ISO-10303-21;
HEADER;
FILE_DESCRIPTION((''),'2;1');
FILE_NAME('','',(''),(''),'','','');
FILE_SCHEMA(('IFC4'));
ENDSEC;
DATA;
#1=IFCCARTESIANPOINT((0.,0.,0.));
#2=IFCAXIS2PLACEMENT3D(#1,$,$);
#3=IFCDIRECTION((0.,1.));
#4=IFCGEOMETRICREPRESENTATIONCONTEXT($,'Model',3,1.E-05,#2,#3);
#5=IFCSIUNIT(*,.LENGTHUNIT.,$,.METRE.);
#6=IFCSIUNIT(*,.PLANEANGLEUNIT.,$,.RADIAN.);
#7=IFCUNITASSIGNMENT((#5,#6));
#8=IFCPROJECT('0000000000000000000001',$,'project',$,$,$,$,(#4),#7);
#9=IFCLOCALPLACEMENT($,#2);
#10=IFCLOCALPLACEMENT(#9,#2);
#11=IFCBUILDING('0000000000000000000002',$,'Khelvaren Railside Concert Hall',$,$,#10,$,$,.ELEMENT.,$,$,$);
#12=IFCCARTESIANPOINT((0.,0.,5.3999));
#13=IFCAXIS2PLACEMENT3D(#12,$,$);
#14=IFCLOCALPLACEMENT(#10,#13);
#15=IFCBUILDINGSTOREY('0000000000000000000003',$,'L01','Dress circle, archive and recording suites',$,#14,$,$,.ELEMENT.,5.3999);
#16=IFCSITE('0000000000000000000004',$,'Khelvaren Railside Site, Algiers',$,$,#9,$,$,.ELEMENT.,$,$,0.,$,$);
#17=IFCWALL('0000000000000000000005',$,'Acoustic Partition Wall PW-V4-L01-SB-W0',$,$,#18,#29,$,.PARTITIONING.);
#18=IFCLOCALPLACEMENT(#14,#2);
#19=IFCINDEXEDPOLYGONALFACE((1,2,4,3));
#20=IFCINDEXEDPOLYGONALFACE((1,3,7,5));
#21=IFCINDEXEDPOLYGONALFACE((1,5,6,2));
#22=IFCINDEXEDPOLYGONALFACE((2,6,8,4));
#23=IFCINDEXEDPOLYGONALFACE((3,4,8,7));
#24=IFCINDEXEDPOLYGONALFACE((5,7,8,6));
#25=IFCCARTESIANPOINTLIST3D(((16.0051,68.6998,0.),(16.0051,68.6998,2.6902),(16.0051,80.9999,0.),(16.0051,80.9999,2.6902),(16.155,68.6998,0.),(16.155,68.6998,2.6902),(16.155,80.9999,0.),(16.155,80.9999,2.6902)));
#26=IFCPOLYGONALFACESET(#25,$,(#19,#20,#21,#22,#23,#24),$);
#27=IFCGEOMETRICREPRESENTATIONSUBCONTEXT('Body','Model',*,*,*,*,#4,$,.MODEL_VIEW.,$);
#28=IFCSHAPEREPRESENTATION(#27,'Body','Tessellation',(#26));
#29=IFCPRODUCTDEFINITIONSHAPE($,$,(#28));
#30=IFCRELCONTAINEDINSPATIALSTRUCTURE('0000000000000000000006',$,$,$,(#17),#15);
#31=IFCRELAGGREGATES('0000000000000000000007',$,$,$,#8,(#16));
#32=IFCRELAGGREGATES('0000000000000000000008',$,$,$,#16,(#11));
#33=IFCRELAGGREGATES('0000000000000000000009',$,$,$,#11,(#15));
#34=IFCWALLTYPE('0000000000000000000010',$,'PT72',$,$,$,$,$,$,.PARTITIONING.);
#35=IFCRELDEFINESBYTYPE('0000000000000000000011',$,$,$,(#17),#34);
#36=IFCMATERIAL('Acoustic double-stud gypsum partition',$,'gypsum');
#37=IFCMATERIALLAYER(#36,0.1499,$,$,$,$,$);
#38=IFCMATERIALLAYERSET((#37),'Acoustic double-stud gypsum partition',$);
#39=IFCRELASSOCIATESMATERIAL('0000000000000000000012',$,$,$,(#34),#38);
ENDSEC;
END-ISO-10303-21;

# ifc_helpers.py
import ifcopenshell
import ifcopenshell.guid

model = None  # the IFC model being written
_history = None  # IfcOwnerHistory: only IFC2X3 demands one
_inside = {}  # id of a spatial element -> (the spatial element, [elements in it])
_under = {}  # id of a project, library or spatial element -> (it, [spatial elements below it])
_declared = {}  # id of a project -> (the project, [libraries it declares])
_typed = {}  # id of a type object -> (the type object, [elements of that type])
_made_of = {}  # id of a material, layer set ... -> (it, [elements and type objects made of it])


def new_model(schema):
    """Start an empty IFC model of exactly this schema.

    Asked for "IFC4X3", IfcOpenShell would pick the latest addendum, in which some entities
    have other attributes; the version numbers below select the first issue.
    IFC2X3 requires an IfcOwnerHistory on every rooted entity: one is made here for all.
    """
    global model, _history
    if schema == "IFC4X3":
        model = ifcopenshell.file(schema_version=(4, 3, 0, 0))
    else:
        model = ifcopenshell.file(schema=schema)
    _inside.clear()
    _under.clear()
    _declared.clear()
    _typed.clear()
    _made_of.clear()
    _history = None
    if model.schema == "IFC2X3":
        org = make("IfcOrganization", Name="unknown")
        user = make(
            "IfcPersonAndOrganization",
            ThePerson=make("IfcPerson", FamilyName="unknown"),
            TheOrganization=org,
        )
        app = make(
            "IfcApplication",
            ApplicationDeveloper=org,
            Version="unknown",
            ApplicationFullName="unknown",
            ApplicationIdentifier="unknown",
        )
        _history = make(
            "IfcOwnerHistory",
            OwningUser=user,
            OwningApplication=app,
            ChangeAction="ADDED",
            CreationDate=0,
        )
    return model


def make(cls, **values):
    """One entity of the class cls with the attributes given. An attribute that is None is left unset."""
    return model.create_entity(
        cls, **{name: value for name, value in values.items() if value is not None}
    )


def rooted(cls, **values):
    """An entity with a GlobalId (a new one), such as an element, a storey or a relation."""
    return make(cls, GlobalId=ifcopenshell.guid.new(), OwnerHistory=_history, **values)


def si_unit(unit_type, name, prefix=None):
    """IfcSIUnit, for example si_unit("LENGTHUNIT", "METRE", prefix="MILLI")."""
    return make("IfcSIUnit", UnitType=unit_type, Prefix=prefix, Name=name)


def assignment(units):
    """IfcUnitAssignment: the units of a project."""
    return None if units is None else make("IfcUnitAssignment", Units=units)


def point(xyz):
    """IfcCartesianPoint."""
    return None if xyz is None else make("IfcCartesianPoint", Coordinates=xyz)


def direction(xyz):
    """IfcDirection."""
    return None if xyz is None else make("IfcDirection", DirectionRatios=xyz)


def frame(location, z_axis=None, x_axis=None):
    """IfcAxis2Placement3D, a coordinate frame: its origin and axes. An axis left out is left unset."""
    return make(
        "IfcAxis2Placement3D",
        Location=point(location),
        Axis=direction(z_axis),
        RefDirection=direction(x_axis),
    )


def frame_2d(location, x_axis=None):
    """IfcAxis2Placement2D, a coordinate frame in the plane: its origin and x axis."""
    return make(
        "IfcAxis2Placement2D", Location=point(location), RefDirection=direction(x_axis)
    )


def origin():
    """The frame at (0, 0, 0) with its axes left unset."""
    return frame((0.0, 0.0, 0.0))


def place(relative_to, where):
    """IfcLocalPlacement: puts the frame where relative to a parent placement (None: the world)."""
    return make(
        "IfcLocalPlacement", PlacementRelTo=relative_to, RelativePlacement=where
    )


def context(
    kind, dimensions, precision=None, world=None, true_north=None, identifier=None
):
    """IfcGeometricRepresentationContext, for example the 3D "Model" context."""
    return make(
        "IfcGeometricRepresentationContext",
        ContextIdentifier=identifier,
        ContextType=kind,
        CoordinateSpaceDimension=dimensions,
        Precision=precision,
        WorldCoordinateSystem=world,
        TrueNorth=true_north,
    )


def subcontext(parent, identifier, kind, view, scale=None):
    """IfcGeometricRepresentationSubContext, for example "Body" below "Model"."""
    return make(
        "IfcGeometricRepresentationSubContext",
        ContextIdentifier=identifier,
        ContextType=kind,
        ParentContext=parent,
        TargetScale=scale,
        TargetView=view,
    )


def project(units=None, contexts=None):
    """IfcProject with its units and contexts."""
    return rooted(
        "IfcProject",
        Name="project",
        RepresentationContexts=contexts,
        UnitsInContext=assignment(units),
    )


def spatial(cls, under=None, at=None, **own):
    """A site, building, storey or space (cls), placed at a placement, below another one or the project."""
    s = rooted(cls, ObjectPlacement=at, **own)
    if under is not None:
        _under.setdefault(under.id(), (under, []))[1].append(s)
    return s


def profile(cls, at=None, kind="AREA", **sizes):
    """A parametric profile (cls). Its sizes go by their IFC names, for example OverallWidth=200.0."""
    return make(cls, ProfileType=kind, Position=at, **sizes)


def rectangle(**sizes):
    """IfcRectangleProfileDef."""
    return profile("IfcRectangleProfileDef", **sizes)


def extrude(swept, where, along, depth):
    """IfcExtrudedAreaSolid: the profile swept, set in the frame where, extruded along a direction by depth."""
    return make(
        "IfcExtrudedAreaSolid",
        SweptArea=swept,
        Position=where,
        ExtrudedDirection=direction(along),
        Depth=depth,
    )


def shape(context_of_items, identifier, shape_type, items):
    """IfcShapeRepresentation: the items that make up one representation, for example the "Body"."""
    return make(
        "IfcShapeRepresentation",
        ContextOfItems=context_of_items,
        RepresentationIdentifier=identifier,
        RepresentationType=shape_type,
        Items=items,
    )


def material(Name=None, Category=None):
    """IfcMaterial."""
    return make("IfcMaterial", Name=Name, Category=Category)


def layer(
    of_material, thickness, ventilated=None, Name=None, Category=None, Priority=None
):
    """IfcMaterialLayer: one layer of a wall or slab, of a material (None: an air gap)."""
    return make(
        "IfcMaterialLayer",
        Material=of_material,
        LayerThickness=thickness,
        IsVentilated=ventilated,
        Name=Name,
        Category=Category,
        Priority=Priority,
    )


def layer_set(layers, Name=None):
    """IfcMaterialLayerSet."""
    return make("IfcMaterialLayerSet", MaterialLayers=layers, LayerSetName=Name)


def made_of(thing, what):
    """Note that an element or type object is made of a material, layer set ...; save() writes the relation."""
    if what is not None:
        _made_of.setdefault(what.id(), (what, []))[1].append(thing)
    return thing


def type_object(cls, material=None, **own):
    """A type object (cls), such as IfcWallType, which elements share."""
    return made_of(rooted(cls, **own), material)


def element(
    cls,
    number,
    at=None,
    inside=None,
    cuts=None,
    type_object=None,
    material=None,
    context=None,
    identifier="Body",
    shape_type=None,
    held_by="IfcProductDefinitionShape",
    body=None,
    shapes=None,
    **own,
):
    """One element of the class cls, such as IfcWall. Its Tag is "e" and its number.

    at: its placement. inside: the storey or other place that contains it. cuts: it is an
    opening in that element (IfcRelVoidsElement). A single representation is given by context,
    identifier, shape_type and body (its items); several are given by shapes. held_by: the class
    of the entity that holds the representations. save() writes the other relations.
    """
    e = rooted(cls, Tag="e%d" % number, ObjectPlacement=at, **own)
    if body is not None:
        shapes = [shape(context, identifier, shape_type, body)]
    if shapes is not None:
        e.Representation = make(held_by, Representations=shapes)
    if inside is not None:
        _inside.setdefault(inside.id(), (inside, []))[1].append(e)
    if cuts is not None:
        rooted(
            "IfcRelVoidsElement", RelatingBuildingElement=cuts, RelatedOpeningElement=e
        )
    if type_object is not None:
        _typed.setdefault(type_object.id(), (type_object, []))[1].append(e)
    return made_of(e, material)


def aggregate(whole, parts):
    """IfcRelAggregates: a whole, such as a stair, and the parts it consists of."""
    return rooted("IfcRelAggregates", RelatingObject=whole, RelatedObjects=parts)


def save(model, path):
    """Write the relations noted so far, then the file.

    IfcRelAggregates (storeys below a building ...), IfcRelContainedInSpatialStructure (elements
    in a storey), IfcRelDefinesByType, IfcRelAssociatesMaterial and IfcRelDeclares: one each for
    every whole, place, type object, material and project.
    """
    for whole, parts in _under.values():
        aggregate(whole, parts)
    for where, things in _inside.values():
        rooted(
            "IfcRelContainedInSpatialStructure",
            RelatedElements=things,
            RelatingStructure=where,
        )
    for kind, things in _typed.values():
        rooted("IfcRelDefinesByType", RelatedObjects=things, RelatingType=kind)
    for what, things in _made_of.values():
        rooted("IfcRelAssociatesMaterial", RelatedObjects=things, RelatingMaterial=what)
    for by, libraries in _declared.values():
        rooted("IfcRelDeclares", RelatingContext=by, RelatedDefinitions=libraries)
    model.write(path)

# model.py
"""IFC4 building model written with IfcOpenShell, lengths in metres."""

from ifc_helpers import new_model, si_unit, direction, frame, frame_2d, origin, place, context, subcontext, project, spatial, rectangle, extrude, material, layer, layer_set, type_object, element, save


model = new_model("IFC4")

# Units and contexts
model_context = context("Model", 3, precision=1e-05, world=origin(), true_north=direction((0.0, 1.0)))
body_context = subcontext(model_context, "Body", "Model", "MODEL_VIEW")
ifc_project = project(units=[si_unit("LENGTHUNIT", "METRE"), si_unit("PLANEANGLEUNIT", "RADIAN")], contexts=[model_context])

# Site, building, storey
site_placement = place(None, origin())
site = spatial("IfcSite", under=ifc_project, at=site_placement, Name="Khelvaren Railside Site, Algiers", CompositionType="ELEMENT", RefElevation=0.0)
building_placement = place(site_placement, origin())
building = spatial("IfcBuilding", under=site, at=building_placement, Name="Khelvaren Railside Concert Hall", CompositionType="ELEMENT")
storey_placement = place(building_placement, frame((0.0, 0.0, 5.3999)))
storey = spatial("IfcBuildingStorey", under=building, at=storey_placement, Name="L01", Description="Dress circle, archive and recording suites", CompositionType="ELEMENT", Elevation=5.3999)

# Shared definitions
ifc_material_1 = material(Name="Acoustic double-stud gypsum partition", Category="gypsum")
ifc_layer_1 = layer(ifc_material_1, 0.1499)
ifc_layer_set_1 = layer_set([ifc_layer_1], Name="Acoustic double-stud gypsum partition")
wall_type_1 = type_object("IfcWallType", Name="PT72", PredefinedType="PARTITIONING", material=ifc_layer_set_1)

# Wall
wall_1_placement = place(storey_placement, frame((16.0801, 68.7, 0.0), z_axis=(0.0, 0.0, 1.0), x_axis=(0.0, 1.0, 0.0)))
element("IfcWall", 1, at=wall_1_placement, inside=storey, type_object=wall_type_1, Name="Acoustic Partition Wall PW-V4-L01-SB-W0", PredefinedType="PARTITIONING", context=body_context, shape_type="SweptSolid", body=[
    extrude(rectangle(XDim=12.3, YDim=0.1499, at=frame_2d((6.1499, 0.0))), origin(), (0.0, 0.0, 1.0), 2.6902),
])

save(model, "model.ifc")
